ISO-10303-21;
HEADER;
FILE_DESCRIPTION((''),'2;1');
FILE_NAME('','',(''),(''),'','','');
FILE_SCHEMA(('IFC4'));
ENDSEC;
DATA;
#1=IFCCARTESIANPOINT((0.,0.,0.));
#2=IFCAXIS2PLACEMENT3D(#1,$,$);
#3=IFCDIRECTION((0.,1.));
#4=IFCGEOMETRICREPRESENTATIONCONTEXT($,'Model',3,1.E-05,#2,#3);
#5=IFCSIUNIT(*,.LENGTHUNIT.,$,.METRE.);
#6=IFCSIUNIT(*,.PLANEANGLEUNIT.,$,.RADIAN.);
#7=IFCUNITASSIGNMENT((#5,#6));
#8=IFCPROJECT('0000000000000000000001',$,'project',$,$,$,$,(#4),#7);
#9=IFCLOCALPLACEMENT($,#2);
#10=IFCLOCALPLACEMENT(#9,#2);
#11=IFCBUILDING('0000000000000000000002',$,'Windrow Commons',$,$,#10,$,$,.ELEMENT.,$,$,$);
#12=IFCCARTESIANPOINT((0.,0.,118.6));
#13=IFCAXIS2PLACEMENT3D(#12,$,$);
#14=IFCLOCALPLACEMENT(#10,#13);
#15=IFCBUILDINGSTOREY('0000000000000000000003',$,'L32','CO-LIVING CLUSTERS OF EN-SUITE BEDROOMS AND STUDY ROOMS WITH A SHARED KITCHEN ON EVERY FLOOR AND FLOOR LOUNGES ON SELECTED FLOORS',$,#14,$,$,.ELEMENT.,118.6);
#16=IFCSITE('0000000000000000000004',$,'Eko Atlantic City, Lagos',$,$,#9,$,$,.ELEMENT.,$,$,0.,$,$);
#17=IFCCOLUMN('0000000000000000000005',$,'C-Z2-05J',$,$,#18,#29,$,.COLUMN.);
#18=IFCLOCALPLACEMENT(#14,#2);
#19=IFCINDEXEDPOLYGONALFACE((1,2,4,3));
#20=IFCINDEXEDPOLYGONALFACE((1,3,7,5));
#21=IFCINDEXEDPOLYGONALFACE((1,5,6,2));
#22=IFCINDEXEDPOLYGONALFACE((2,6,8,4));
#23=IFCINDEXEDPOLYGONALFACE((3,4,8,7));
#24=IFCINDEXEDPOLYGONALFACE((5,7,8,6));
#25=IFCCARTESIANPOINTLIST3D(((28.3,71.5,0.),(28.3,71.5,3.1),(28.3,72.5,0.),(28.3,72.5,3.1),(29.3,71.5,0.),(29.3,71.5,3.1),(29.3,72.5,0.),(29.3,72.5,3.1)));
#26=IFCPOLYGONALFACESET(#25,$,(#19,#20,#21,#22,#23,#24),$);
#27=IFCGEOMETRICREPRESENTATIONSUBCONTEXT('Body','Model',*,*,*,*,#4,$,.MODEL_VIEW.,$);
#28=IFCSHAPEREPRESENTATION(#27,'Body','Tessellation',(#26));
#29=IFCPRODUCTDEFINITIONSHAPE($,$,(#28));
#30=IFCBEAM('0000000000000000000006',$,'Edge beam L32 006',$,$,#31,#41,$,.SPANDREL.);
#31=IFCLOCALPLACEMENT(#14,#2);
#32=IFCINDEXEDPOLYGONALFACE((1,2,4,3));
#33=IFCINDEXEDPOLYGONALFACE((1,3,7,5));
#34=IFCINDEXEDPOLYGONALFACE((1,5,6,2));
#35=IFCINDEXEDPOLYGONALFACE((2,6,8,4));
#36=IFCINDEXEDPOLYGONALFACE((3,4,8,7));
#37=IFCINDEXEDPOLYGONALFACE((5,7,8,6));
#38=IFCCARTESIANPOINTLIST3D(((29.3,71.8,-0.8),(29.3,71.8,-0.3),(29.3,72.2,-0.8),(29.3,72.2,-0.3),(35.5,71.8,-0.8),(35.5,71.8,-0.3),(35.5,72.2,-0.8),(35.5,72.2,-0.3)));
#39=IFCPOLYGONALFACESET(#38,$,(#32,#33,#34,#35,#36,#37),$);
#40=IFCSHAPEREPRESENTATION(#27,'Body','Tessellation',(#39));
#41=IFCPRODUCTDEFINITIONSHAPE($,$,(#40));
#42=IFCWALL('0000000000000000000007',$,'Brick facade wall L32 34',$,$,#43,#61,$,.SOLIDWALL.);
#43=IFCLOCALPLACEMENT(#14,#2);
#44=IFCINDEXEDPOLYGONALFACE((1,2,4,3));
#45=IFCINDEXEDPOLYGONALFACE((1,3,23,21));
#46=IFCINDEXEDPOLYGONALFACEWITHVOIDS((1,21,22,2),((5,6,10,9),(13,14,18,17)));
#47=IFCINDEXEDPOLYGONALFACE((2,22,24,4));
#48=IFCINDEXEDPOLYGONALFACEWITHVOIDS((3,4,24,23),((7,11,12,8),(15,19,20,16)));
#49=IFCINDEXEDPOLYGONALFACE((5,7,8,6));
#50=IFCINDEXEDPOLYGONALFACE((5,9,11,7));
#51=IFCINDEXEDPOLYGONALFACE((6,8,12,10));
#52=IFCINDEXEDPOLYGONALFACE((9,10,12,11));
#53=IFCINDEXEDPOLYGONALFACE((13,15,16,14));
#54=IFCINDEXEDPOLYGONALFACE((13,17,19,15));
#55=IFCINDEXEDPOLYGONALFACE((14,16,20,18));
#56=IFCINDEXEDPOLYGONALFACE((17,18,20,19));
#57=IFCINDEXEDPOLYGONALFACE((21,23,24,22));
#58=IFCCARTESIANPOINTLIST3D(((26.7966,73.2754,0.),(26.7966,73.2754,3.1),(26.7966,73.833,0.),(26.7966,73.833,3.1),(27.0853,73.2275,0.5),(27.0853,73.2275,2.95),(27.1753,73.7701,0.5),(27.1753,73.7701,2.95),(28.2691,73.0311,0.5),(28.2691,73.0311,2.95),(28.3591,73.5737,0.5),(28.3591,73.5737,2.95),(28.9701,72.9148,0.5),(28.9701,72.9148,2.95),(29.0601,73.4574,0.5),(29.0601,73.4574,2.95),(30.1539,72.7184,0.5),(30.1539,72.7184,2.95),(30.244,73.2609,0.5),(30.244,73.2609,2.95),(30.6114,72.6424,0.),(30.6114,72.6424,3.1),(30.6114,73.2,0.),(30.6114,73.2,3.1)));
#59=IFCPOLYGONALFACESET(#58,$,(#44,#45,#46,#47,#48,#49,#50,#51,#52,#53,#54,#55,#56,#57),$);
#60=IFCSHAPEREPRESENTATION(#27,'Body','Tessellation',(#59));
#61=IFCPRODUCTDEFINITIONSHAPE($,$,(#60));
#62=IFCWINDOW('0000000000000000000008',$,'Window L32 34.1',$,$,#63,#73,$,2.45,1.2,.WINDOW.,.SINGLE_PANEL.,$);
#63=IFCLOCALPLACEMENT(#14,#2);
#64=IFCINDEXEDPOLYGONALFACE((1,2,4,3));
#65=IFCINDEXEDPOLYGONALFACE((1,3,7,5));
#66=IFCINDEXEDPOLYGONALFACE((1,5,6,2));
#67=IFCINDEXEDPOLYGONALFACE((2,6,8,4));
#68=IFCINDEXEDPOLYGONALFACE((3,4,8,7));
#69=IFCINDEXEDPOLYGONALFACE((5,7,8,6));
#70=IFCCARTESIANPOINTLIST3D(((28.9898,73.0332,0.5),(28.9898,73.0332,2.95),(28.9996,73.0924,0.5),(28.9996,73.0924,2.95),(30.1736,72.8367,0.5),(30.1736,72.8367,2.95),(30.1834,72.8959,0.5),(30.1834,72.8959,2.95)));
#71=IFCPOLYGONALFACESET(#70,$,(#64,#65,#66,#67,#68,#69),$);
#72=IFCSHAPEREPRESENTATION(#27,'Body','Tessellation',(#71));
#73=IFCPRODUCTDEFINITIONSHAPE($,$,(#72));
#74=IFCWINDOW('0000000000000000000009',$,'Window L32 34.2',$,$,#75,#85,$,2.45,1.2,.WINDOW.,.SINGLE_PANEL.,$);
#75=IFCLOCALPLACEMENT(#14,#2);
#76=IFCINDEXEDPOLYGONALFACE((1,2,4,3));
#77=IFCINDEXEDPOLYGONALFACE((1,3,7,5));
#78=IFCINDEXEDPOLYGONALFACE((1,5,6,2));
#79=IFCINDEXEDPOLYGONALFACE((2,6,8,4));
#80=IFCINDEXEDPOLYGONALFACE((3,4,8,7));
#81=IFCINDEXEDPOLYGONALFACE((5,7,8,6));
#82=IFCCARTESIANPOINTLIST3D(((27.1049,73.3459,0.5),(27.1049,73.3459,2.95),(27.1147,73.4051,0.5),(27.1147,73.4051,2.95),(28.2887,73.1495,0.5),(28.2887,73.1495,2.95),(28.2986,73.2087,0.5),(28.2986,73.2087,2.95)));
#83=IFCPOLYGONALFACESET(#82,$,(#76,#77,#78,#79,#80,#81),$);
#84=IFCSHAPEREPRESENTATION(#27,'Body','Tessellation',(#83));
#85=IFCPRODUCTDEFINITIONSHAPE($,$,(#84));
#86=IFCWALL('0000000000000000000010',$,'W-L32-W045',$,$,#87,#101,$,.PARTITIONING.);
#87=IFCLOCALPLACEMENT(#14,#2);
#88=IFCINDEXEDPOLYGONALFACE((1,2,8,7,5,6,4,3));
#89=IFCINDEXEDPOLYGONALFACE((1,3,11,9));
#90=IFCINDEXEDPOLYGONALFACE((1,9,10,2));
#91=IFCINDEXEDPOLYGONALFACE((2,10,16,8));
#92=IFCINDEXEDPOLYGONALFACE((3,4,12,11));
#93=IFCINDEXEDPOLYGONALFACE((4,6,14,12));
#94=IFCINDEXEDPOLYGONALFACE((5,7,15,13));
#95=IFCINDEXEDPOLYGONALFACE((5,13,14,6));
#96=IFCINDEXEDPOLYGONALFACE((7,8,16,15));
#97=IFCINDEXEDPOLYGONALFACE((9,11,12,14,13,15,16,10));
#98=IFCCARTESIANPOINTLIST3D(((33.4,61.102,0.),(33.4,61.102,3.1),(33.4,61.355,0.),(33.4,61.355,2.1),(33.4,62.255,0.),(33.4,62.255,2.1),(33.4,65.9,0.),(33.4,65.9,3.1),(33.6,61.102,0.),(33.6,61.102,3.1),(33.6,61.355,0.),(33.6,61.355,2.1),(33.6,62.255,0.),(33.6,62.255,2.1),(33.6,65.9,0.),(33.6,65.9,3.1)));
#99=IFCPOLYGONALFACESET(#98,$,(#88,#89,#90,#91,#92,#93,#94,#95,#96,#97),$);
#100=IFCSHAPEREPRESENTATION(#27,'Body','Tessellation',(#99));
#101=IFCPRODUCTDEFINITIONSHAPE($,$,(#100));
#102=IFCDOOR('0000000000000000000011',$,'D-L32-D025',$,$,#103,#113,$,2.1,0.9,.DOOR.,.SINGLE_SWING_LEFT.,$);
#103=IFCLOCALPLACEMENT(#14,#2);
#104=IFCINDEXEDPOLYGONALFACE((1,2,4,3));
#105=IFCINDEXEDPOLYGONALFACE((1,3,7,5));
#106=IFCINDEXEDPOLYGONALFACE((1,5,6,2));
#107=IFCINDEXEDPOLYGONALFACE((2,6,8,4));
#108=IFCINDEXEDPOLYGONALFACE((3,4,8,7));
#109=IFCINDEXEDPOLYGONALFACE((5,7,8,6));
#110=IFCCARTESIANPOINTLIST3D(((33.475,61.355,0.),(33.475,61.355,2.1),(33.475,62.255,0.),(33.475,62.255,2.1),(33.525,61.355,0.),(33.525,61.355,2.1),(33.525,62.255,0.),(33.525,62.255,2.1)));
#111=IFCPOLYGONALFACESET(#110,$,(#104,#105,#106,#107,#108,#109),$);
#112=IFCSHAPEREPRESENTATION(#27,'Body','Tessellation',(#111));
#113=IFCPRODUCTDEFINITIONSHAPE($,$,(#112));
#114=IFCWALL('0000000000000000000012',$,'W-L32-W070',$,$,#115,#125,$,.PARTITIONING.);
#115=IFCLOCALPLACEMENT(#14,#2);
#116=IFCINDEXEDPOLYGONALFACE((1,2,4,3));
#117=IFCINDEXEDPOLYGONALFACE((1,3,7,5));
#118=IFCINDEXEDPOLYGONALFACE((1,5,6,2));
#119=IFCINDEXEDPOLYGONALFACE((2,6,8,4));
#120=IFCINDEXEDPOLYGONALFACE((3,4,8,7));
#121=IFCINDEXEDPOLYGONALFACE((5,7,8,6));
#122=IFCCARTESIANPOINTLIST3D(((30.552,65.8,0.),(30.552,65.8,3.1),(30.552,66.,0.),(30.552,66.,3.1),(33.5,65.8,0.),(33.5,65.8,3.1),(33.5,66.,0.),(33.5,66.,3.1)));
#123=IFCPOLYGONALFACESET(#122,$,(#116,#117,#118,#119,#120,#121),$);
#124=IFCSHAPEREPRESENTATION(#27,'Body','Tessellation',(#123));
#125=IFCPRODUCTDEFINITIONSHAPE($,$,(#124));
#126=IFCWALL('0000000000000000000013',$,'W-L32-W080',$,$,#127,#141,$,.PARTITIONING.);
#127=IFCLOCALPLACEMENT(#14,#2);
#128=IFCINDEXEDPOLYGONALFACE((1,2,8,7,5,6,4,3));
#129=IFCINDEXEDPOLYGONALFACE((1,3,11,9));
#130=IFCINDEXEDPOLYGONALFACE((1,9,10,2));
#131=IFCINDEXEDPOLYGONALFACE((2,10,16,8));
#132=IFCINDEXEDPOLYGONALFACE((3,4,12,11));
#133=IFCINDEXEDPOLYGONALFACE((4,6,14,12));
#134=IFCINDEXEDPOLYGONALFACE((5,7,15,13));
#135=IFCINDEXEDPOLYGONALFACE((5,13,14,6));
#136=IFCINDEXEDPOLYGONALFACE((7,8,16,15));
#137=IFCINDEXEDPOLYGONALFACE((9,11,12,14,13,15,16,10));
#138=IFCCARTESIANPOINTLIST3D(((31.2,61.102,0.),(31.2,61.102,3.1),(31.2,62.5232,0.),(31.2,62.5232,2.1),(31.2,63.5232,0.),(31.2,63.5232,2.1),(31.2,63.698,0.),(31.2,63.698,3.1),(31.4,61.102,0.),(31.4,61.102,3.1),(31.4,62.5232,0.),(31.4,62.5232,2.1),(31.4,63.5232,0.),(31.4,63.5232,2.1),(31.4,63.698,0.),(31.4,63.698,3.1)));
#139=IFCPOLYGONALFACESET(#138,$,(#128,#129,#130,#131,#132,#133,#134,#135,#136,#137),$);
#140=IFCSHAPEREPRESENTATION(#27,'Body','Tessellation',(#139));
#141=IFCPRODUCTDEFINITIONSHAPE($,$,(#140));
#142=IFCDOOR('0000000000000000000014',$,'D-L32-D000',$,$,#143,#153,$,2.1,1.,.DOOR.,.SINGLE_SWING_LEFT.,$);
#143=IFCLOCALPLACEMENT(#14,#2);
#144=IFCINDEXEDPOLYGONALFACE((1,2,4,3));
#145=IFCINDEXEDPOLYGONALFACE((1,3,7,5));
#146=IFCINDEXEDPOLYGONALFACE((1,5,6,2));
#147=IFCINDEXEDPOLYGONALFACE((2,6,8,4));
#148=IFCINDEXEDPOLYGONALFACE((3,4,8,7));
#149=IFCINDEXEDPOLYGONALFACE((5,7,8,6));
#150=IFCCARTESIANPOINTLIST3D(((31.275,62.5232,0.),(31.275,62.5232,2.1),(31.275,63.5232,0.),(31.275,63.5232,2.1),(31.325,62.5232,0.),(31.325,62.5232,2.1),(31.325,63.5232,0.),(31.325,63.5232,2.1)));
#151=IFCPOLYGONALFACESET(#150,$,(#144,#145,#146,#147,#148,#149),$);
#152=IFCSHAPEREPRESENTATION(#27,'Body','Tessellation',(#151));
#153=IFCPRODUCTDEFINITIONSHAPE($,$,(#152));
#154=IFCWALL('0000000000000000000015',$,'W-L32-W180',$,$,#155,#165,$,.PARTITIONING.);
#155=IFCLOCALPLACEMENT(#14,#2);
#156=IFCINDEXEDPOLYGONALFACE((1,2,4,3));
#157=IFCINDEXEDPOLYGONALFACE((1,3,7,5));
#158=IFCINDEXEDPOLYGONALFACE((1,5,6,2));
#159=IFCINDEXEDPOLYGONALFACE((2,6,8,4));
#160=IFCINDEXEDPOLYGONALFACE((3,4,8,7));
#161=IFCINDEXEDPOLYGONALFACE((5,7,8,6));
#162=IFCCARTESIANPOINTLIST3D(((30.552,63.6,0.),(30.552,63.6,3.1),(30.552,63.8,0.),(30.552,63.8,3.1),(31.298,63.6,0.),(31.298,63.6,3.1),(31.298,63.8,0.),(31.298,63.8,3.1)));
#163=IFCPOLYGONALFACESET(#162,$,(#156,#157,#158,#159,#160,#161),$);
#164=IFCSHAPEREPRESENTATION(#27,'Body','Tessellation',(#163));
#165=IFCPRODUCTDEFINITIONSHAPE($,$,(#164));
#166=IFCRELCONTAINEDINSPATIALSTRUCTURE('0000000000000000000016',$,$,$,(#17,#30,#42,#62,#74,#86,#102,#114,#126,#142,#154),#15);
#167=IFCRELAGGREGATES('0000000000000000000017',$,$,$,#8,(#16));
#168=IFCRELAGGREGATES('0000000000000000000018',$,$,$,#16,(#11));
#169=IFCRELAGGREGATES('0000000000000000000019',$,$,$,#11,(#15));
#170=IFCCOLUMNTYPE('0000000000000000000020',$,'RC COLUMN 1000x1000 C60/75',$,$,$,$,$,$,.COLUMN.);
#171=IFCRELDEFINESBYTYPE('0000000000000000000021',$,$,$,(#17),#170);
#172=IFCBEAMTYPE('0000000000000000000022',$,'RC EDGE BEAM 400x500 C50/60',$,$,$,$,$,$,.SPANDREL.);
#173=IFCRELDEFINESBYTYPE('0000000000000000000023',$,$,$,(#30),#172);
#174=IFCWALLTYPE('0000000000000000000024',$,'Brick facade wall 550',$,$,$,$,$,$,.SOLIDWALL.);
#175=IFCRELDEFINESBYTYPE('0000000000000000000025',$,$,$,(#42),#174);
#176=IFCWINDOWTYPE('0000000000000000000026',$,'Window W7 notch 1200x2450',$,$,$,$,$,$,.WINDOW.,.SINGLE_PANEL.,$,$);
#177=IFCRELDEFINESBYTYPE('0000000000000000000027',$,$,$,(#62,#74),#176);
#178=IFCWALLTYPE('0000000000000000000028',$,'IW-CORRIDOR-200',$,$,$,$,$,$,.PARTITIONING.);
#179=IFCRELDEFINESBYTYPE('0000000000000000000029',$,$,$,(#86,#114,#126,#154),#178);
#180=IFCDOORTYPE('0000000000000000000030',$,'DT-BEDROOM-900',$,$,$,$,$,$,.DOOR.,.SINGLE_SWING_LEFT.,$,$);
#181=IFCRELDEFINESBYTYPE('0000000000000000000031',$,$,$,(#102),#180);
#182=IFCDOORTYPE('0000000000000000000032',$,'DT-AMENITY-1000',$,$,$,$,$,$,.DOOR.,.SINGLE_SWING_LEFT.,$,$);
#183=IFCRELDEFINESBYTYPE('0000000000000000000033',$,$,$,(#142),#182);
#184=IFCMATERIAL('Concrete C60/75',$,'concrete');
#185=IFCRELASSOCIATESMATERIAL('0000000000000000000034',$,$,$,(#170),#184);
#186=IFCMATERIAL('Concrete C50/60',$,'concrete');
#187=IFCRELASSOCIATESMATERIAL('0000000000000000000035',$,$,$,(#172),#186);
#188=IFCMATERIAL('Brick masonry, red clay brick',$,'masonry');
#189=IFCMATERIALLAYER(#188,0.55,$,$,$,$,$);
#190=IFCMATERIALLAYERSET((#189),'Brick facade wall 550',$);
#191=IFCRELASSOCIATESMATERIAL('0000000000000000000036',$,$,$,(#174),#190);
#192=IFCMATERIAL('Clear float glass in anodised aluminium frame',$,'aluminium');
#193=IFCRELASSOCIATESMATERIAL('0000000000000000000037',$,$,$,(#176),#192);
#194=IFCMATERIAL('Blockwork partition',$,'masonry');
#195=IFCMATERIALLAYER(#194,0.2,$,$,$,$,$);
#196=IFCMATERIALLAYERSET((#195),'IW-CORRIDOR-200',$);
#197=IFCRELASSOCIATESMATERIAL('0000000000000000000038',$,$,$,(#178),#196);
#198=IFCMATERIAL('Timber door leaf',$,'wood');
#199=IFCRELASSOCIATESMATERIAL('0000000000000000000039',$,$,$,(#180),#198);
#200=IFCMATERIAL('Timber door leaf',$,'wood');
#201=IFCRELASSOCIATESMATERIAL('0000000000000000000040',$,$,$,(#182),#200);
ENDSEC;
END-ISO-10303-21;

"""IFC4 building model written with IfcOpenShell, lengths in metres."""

from ifc_helpers import new_model, si_unit, direction, frame, frame_2d, origin, origin_2d, place, context, subcontext, project, spatial, polyline, rectangle, outline, extrude, material, layer, layer_set, material_profile, profile_set, type_object, element, fill, save


model = new_model("IFC4")

# Units and contexts
model_context = context("Model", 3, precision=1e-05, world=origin(), true_north=direction((0.0, 1.0)))
body_context = subcontext(model_context, "Body", "Model", "MODEL_VIEW")
ifc_project = project(units=[si_unit("LENGTHUNIT", "METRE"), si_unit("PLANEANGLEUNIT", "RADIAN")], contexts=[model_context])

# Site, building, storey
site_placement = place(None, origin())
site = spatial("IfcSite", under=ifc_project, at=site_placement, Name="Eko Atlantic City, Lagos", CompositionType="ELEMENT", RefElevation=0.0)
building_placement = place(site_placement, origin())
building = spatial("IfcBuilding", under=site, at=building_placement, Name="Windrow Commons", CompositionType="ELEMENT")
storey_placement = place(building_placement, frame((0.0, 0.0, 118.6)))
storey = spatial("IfcBuildingStorey", under=building, at=storey_placement, Name="L32", Description="CO-LIVING CLUSTERS OF EN-SUITE BEDROOMS AND STUDY ROOMS WITH A SHARED KITCHEN ON EVERY FLOOR AND FLOOR LOUNGES ON SELECTED FLOORS", CompositionType="ELEMENT", Elevation=118.6)

# Column
ifc_material_1 = material(Name="Concrete C60/75", Category="concrete")
ifc_material_profile_1 = material_profile(ifc_material_1, rectangle(XDim=1.0, YDim=1.0, at=origin_2d()))
ifc_profile_set_1 = profile_set([ifc_material_profile_1], Name="Concrete C60/75")
column_type = type_object("IfcColumnType", Name="RC COLUMN 1000x1000 C60/75", PredefinedType="COLUMN", material=ifc_profile_set_1)
column_placement = place(storey_placement, frame((28.8, 72.0, 0.0), z_axis=(0.0, 0.0, 1.0), x_axis=(1.0, 0.0, 0.0)))
element("IfcColumn", 1, at=column_placement, inside=storey, type_object=column_type, Name="C-Z2-05J", PredefinedType="COLUMN", context=body_context, shape_type="SweptSolid", body=[
    extrude(rectangle(XDim=1.0, YDim=1.0, at=origin_2d()), origin(), (0.0, 0.0, 1.0), 3.1),
])

# Beam
ifc_material_2 = material(Name="Concrete C50/60", Category="concrete")
ifc_material_profile_2 = material_profile(ifc_material_2, rectangle(XDim=0.4, YDim=0.5, at=origin_2d()))
ifc_profile_set_2 = profile_set([ifc_material_profile_2], Name="Concrete C50/60")
beam_type = type_object("IfcBeamType", Name="RC EDGE BEAM 400x500 C50/60", PredefinedType="SPANDREL", material=ifc_profile_set_2)
beam_placement = place(storey_placement, frame((29.3, 72.0, -0.55), z_axis=(1.0, 0.0, 0.0), x_axis=(0.0, 1.0, 0.0)))
element("IfcBeam", 2, at=beam_placement, inside=storey, type_object=beam_type, Name="Edge beam L32 006", PredefinedType="SPANDREL", context=body_context, shape_type="SweptSolid", body=[
    extrude(rectangle(XDim=0.4, YDim=0.5, at=origin_2d()), origin(), (0.0, 0.0, 1.0), 6.2),
])

# Wall, openings, windows
ifc_material_3 = material(Name="Brick masonry, red clay brick", Category="masonry")
ifc_layer_1 = layer(ifc_material_3, 0.55)
ifc_layer_set_1 = layer_set([ifc_layer_1], Name="Brick facade wall 550")
wall_type_1 = type_object("IfcWallType", Name="Brick facade wall 550", PredefinedType="SOLIDWALL", material=ifc_layer_set_1)
wall_1_placement = place(storey_placement, frame((30.6114, 72.9212, 0.0), z_axis=(0.0, 0.0, 1.0), x_axis=(-0.986511, 0.163694, 0.0)))
wall_1 = element("IfcWall", 3, at=wall_1_placement, inside=storey, type_object=wall_type_1, Name="Brick facade wall L32 34", PredefinedType="SOLIDWALL", context=body_context, shape_type="SweptSolid", body=[
    extrude(outline(polyline([(0.0456, -0.275), (3.9126, -0.275), (3.8213, 0.275), (-0.0456, 0.275), (0.0456, -0.275)])), origin(), (0.0, 0.0, 1.0), 3.1),
])
opening_1_placement = place(wall_1_placement, frame((0.4181, 0.0, 0.5)))
opening_1 = element("IfcOpeningElement", 4, at=opening_1_placement, cuts=wall_1, PredefinedType="OPENING", context=body_context, shape_type="SweptSolid", body=[
    extrude(rectangle(XDim=1.2, YDim=2.45, at=frame_2d((0.6, 1.225))), frame((0.0, 0.285, 0.0), z_axis=(0.0, -1.0, 0.0), x_axis=(1.0, 0.0, 0.0)), (0.0, 0.0, 1.0), 0.57),
])
opening_2_placement = place(wall_1_placement, frame((2.3287, 0.0, 0.5)))
opening_2 = element("IfcOpeningElement", 5, at=opening_2_placement, cuts=wall_1, PredefinedType="OPENING", context=body_context, shape_type="SweptSolid", body=[
    extrude(rectangle(XDim=1.2, YDim=2.45, at=frame_2d((0.6, 1.225))), frame((0.0, 0.285, 0.0), z_axis=(0.0, -1.0, 0.0), x_axis=(1.0, 0.0, 0.0)), (0.0, 0.0, 1.0), 0.57),
])
ifc_material_4 = material(Name="Clear float glass in anodised aluminium frame", Category="aluminium")
window_type = type_object("IfcWindowType", Name="Window W7 notch 1200x2450", PartitioningType="SINGLE_PANEL", PredefinedType="WINDOW", material=ifc_material_4)
window_1_placement = place(opening_1_placement, origin())
window_1 = element("IfcWindow", 6, at=window_1_placement, inside=storey, type_object=window_type, Name="Window L32 34.1", OverallHeight=2.45, OverallWidth=1.2, PartitioningType="SINGLE_PANEL", PredefinedType="WINDOW", context=body_context, shape_type="SweptSolid", body=[
    extrude(rectangle(XDim=1.2, YDim=2.45, at=frame_2d((0.6, 1.225))), frame((0.0, 0.155, 0.0), z_axis=(0.0, -1.0, 0.0), x_axis=(1.0, 0.0, 0.0)), (0.0, 0.0, 1.0), 0.06),
])
fill(opening_1, window_1)
window_2_placement = place(opening_2_placement, origin())
window_2 = element("IfcWindow", 7, at=window_2_placement, inside=storey, type_object=window_type, Name="Window L32 34.2", OverallHeight=2.45, OverallWidth=1.2, PartitioningType="SINGLE_PANEL", PredefinedType="WINDOW", context=body_context, shape_type="SweptSolid", body=[
    extrude(rectangle(XDim=1.2, YDim=2.45, at=frame_2d((0.6, 1.225))), frame((0.0, 0.155, 0.0), z_axis=(0.0, -1.0, 0.0), x_axis=(1.0, 0.0, 0.0)), (0.0, 0.0, 1.0), 0.06),
])
fill(opening_2, window_2)

# Wall, opening, door
ifc_material_5 = material(Name="Blockwork partition", Category="masonry")
ifc_layer_2 = layer(ifc_material_5, 0.2)
ifc_layer_set_2 = layer_set([ifc_layer_2], Name="IW-CORRIDOR-200")
wall_type_2 = type_object("IfcWallType", Name="IW-CORRIDOR-200", PredefinedType="PARTITIONING", material=ifc_layer_set_2)
wall_2_placement = place(storey_placement, frame((33.5, 61.102, 0.0), z_axis=(0.0, 0.0, 1.0), x_axis=(0.0, 1.0, 0.0)))
wall_2 = element("IfcWall", 8, at=wall_2_placement, inside=storey, type_object=wall_type_2, Name="W-L32-W045", PredefinedType="PARTITIONING", context=body_context, shape_type="SweptSolid", body=[
    extrude(rectangle(XDim=4.798, YDim=0.2, at=frame_2d((2.399, 0.0))), origin(), (0.0, 0.0, 1.0), 3.1),
])
opening_3_placement = place(wall_2_placement, frame((0.253, 0.0, 0.0)))
opening_3 = element("IfcOpeningElement", 9, at=opening_3_placement, cuts=wall_2, PredefinedType="OPENING", context=body_context, shape_type="SweptSolid", body=[
    extrude(rectangle(XDim=0.9, YDim=2.1, at=frame_2d((0.45, 1.05))), frame((0.0, 0.11, 0.0), z_axis=(0.0, -1.0, 0.0), x_axis=(1.0, 0.0, 0.0)), (0.0, 0.0, 1.0), 0.22),
])
ifc_material_6 = material(Name="Timber door leaf", Category="wood")
door_type_1 = type_object("IfcDoorType", Name="DT-BEDROOM-900", OperationType="SINGLE_SWING_LEFT", PredefinedType="DOOR", material=ifc_material_6)
door_1_placement = place(opening_3_placement, origin())
door_1 = element("IfcDoor", 10, at=door_1_placement, inside=storey, type_object=door_type_1, Name="D-L32-D025", OperationType="SINGLE_SWING_LEFT", OverallHeight=2.1, OverallWidth=0.9, PredefinedType="DOOR", context=body_context, shape_type="SweptSolid", body=[
    extrude(rectangle(XDim=0.9, YDim=2.1, at=frame_2d((0.45, 1.05))), frame((0.0, 0.025, 0.0), z_axis=(0.0, -1.0, 0.0), x_axis=(1.0, 0.0, 0.0)), (0.0, 0.0, 1.0), 0.05),
])
fill(opening_3, door_1)

# Wall
wall_3_placement = place(storey_placement, frame((30.552, 65.9, 0.0), z_axis=(0.0, 0.0, 1.0), x_axis=(1.0, 0.0, 0.0)))
element("IfcWall", 11, at=wall_3_placement, inside=storey, type_object=wall_type_2, Name="W-L32-W070", PredefinedType="PARTITIONING", context=body_context, shape_type="SweptSolid", body=[
    extrude(rectangle(XDim=2.948, YDim=0.2, at=frame_2d((1.474, 0.0))), origin(), (0.0, 0.0, 1.0), 3.1),
])

# Wall, opening, door
wall_4_placement = place(storey_placement, frame((31.3, 61.102, 0.0), z_axis=(0.0, 0.0, 1.0), x_axis=(0.0, 1.0, 0.0)))
wall_4 = element("IfcWall", 12, at=wall_4_placement, inside=storey, type_object=wall_type_2, Name="W-L32-W080", PredefinedType="PARTITIONING", context=body_context, shape_type="SweptSolid", body=[
    extrude(rectangle(XDim=2.596, YDim=0.2, at=frame_2d((1.298, 0.0))), origin(), (0.0, 0.0, 1.0), 3.1),
])
opening_4_placement = place(wall_4_placement, frame((1.4212, 0.0, 0.0)))
opening_4 = element("IfcOpeningElement", 13, at=opening_4_placement, cuts=wall_4, PredefinedType="OPENING", context=body_context, shape_type="SweptSolid", body=[
    extrude(rectangle(XDim=1.0, YDim=2.1, at=frame_2d((0.5, 1.05))), frame((0.0, 0.11, 0.0), z_axis=(0.0, -1.0, 0.0), x_axis=(1.0, 0.0, 0.0)), (0.0, 0.0, 1.0), 0.22),
])
ifc_material_7 = material(Name="Timber door leaf", Category="wood")
door_type_2 = type_object("IfcDoorType", Name="DT-AMENITY-1000", OperationType="SINGLE_SWING_LEFT", PredefinedType="DOOR", material=ifc_material_7)
door_2_placement = place(opening_4_placement, origin())
door_2 = element("IfcDoor", 14, at=door_2_placement, inside=storey, type_object=door_type_2, Name="D-L32-D000", OperationType="SINGLE_SWING_LEFT", OverallHeight=2.1, OverallWidth=1.0, PredefinedType="DOOR", context=body_context, shape_type="SweptSolid", body=[
    extrude(rectangle(XDim=1.0, YDim=2.1, at=frame_2d((0.5, 1.05))), frame((0.0, 0.025, 0.0), z_axis=(0.0, -1.0, 0.0), x_axis=(1.0, 0.0, 0.0)), (0.0, 0.0, 1.0), 0.05),
])
fill(opening_4, door_2)

# Wall
wall_5_placement = place(storey_placement, frame((30.552, 63.7, 0.0), z_axis=(0.0, 0.0, 1.0), x_axis=(1.0, 0.0, 0.0)))
element("IfcWall", 15, at=wall_5_placement, inside=storey, type_object=wall_type_2, Name="W-L32-W180", PredefinedType="PARTITIONING", context=body_context, shape_type="SweptSolid", body=[
    extrude(rectangle(XDim=0.746, YDim=0.2, at=frame_2d((0.373, 0.0))), origin(), (0.0, 0.0, 1.0), 3.1),
])

save(model, "model.ifc")
